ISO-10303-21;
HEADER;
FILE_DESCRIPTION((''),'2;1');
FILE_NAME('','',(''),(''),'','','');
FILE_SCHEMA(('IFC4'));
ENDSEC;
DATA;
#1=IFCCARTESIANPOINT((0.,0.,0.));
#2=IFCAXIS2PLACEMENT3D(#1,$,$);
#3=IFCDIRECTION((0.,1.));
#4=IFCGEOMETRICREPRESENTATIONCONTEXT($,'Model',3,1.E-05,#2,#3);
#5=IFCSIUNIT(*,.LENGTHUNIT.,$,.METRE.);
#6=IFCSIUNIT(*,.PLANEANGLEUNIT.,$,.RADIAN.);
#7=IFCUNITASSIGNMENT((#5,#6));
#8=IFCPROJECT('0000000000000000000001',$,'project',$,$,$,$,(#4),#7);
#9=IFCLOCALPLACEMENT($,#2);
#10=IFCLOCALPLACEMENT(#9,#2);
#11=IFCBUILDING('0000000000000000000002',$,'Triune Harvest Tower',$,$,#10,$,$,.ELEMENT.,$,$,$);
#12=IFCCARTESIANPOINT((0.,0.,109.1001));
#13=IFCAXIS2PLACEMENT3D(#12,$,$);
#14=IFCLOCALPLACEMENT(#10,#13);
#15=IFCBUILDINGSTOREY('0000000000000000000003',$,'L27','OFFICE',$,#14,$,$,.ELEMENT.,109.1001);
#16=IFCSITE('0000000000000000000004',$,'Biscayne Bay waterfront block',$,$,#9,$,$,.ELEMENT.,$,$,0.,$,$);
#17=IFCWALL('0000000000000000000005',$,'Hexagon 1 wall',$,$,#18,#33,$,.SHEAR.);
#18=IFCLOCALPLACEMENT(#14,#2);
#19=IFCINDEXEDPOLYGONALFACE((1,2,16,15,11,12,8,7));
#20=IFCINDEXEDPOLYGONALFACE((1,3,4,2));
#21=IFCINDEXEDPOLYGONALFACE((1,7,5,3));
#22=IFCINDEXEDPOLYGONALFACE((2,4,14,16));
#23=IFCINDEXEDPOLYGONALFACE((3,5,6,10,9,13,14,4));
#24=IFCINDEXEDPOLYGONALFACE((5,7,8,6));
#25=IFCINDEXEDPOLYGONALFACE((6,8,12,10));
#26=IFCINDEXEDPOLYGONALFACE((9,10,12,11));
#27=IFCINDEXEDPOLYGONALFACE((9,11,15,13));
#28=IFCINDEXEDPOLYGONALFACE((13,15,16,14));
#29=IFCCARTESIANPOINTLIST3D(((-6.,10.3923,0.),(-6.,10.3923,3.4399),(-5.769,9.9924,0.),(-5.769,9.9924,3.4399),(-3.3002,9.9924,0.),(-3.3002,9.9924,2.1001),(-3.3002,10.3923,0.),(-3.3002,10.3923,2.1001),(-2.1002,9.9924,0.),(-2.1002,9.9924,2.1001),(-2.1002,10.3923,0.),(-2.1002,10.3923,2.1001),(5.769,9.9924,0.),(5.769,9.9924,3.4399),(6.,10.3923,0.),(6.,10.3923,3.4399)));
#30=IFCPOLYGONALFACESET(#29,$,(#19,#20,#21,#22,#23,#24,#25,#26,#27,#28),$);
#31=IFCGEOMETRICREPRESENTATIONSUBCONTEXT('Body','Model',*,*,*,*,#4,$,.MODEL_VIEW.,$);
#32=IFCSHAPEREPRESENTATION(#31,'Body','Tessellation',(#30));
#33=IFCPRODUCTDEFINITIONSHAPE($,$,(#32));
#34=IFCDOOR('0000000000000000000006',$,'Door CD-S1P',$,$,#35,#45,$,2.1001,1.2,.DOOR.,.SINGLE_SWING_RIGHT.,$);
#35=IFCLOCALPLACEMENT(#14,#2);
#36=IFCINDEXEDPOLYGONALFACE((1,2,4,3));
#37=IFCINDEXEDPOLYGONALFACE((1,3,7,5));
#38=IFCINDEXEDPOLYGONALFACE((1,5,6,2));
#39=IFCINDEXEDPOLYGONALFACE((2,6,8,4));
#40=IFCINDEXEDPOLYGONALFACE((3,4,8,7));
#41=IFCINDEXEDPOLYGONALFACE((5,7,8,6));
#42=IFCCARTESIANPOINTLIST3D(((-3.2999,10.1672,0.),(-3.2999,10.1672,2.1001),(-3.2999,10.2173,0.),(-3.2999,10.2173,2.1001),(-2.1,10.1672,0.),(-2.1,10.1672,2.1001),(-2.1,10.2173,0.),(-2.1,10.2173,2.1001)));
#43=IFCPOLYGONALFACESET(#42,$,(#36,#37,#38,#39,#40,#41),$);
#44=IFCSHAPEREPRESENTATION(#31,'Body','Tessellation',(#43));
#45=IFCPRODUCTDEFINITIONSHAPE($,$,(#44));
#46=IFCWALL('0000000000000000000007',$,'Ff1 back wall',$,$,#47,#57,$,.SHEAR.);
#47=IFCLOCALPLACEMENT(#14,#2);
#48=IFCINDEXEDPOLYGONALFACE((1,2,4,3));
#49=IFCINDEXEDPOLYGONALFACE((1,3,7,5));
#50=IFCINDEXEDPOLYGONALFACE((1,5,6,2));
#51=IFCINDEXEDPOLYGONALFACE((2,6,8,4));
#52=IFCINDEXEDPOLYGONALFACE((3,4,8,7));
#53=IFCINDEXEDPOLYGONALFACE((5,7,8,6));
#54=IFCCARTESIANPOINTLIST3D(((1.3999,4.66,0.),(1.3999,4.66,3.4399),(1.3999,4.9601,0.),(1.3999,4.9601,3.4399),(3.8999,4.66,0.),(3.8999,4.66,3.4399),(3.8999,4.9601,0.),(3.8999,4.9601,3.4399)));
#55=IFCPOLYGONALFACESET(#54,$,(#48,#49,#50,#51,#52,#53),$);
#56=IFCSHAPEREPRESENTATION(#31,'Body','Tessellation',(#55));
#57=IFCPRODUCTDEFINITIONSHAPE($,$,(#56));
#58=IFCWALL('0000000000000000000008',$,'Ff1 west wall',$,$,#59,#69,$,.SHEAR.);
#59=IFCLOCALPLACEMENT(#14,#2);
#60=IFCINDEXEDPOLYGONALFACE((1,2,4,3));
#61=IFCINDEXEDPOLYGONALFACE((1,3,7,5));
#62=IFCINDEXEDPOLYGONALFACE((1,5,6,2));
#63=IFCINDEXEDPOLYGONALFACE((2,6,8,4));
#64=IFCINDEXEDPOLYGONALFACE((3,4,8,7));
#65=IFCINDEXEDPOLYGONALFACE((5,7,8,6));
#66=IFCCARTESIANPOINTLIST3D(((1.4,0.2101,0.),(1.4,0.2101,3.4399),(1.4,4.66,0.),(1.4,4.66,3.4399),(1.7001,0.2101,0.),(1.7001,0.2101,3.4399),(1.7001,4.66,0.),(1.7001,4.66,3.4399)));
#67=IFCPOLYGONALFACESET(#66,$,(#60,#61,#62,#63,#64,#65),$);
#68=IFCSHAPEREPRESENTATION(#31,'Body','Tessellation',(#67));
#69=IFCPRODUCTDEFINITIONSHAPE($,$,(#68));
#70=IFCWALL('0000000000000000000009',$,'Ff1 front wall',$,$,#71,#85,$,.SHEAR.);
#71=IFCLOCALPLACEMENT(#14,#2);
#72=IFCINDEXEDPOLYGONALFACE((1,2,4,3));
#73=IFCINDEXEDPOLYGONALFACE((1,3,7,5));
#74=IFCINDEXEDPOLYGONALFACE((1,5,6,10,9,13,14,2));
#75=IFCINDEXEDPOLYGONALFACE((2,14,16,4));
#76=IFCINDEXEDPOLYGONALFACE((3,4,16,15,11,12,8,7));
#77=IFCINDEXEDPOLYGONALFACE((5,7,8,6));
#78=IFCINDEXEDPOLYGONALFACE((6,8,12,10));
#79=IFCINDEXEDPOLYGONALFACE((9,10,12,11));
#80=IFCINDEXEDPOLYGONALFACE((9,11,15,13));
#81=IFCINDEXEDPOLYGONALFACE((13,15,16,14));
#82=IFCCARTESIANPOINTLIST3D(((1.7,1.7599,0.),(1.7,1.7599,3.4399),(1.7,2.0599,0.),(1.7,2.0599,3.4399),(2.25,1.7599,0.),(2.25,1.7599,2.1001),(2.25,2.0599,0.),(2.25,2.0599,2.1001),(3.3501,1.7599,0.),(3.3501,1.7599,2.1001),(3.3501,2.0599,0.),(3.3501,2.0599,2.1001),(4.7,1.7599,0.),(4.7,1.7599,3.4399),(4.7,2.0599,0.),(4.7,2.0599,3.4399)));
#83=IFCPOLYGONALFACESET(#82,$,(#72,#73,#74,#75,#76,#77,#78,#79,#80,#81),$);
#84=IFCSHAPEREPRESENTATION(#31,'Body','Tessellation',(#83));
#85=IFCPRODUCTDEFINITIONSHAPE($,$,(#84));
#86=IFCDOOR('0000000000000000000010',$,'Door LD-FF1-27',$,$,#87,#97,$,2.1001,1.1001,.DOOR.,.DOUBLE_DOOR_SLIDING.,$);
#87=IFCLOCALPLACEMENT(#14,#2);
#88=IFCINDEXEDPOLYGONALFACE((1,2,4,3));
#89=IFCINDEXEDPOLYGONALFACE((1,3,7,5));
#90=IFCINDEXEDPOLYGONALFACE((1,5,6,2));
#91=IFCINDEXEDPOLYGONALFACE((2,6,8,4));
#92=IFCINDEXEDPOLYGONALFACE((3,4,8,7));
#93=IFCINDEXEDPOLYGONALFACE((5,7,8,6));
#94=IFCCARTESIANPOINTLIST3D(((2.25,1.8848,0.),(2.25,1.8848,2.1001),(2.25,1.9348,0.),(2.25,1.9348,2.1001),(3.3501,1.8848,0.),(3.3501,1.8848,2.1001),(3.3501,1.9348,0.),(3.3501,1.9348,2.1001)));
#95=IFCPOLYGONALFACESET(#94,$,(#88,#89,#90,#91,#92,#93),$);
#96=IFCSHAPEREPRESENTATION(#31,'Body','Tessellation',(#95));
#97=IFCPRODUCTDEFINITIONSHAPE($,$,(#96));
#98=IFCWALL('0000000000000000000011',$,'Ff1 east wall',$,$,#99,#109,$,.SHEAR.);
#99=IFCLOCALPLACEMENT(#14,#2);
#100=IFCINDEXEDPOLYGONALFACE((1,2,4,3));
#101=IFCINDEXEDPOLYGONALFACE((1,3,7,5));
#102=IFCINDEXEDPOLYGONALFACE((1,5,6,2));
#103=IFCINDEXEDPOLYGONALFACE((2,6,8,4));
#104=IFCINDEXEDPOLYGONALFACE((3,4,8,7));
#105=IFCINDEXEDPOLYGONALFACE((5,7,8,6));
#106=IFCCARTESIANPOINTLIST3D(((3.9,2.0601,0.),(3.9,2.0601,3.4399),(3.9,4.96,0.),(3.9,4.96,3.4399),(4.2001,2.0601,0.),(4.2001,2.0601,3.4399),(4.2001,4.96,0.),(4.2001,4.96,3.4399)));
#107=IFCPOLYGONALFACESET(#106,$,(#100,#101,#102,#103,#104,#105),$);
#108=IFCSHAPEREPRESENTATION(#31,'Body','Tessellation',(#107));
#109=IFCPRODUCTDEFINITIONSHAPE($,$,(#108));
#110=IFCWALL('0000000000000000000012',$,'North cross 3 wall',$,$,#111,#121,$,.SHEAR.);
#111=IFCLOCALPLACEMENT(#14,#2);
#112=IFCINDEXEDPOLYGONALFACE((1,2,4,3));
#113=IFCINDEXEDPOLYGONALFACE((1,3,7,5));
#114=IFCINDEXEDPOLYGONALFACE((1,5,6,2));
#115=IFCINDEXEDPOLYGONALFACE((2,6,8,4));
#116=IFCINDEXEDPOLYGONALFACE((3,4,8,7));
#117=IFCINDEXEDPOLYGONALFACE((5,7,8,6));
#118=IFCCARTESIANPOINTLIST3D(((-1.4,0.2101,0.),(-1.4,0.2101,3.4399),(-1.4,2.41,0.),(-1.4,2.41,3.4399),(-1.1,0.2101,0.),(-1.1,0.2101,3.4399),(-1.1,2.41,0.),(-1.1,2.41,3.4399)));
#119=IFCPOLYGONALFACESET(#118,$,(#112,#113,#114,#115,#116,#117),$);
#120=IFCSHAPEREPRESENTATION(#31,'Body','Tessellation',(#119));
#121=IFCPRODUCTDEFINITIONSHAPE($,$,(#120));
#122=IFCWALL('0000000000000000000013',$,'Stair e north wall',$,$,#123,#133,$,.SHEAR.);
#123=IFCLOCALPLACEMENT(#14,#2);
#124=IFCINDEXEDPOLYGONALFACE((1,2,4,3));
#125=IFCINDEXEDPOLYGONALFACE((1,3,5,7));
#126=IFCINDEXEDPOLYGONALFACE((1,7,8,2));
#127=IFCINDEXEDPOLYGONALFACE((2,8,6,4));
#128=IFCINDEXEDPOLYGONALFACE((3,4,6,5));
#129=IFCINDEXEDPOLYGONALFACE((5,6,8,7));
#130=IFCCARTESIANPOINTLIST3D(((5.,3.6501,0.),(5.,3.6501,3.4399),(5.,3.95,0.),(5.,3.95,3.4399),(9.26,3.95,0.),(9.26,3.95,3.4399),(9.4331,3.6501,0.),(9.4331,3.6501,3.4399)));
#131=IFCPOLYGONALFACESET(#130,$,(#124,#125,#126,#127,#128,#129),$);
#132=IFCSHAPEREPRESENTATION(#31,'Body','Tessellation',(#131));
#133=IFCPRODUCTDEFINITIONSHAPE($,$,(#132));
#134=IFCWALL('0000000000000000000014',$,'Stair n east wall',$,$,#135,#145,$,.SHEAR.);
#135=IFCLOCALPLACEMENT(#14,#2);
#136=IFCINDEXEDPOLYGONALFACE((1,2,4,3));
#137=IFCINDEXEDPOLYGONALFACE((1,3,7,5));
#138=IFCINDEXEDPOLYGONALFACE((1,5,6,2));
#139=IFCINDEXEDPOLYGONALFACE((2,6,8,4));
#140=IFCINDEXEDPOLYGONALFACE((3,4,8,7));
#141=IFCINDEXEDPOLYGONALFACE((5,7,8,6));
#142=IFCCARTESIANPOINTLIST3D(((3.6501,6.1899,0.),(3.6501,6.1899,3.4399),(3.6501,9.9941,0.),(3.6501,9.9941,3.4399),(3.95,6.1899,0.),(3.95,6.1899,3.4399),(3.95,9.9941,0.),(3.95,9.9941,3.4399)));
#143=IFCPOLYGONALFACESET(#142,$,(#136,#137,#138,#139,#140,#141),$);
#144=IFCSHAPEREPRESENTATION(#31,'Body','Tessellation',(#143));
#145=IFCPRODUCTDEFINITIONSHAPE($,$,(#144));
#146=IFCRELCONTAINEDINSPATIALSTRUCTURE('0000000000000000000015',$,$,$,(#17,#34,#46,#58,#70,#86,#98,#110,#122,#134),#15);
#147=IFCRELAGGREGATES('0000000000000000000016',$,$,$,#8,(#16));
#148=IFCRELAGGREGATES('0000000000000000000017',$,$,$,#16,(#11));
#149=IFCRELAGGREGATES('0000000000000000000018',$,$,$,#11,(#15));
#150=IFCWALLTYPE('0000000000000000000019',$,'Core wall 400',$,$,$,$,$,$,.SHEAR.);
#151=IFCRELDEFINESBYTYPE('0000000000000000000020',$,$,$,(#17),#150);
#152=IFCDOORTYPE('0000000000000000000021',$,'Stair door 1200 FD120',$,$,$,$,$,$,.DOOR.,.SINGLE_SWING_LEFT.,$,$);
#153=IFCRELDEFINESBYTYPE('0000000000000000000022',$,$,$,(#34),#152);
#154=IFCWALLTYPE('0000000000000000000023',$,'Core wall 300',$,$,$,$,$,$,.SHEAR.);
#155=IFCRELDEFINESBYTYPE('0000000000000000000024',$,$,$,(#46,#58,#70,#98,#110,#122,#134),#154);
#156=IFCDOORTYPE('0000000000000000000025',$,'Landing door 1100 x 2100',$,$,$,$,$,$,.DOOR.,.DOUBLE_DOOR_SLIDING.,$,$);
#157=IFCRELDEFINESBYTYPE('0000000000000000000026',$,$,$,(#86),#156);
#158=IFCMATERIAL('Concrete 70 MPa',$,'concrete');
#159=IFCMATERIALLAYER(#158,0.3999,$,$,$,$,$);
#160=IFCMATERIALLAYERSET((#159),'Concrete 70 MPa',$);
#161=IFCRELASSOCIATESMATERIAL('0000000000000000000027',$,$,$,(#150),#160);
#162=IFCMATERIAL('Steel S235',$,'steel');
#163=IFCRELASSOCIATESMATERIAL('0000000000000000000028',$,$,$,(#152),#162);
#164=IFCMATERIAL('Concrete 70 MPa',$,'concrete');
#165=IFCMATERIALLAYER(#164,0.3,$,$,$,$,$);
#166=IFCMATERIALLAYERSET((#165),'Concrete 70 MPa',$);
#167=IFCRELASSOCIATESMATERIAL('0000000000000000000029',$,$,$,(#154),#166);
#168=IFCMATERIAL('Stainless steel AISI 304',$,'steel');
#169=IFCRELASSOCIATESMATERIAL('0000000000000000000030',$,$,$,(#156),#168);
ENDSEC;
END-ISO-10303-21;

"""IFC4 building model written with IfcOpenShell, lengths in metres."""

from ifc_helpers import new_model, si_unit, direction, frame, frame_2d, origin, place, context, subcontext, project, spatial, polyline, rectangle, outline, extrude, source, transform, mapped, material, layer, layer_set, type_object, element, fill, save


model = new_model("IFC4")

# Units and contexts
model_context = context("Model", 3, precision=1e-05, world=origin(), true_north=direction((0.0, 1.0)))
body_context = subcontext(model_context, "Body", "Model", "MODEL_VIEW")
ifc_project = project(units=[si_unit("LENGTHUNIT", "METRE"), si_unit("PLANEANGLEUNIT", "RADIAN")], contexts=[model_context])

# Site, building, storey
site_placement = place(None, origin())
site = spatial("IfcSite", under=ifc_project, at=site_placement, Name="Biscayne Bay waterfront block", CompositionType="ELEMENT", RefElevation=0.0)
building_placement = place(site_placement, origin())
building = spatial("IfcBuilding", under=site, at=building_placement, Name="Triune Harvest Tower", CompositionType="ELEMENT")
storey_placement = place(building_placement, frame((0.0, 0.0, 109.1001)))
storey = spatial("IfcBuildingStorey", under=building, at=storey_placement, Name="L27", Description="OFFICE", CompositionType="ELEMENT", Elevation=109.1001)

# Wall, opening, door
ifc_material_1 = material(Name="Concrete 70 MPa", Category="concrete")
ifc_layer_1 = layer(ifc_material_1, 0.3999)
ifc_layer_set_1 = layer_set([ifc_layer_1], Name="Concrete 70 MPa")
wall_type_1 = type_object("IfcWallType", Name="Core wall 400", PredefinedType="SHEAR", material=ifc_layer_set_1)
shared_shape_1 = source(origin(), body_context, "Body", "SweptSolid", [
    extrude(outline(polyline([(-0.1155, -0.2), (11.8845, -0.2), (11.6536, 0.2), (0.1155, 0.2), (-0.1155, -0.2)])), origin(), (0.0, 0.0, 1.0), 3.4399),
])
wall_1_placement = place(storey_placement, frame((5.8845, 10.1924, 0.0), z_axis=(0.0, 0.0, 1.0), x_axis=(-1.0, 0.0, 0.0)))
wall_1 = element("IfcWall", 1, at=wall_1_placement, inside=storey, type_object=wall_type_1, Name="Hexagon 1 wall", PredefinedType="SHEAR", context=body_context, shape_type="MappedRepresentation", body=[
    mapped(shared_shape_1, transform((0.0, 0.0, 0.0), scale=1.0)),
])
opening_1_placement = place(wall_1_placement, frame((7.9846, 0.0, 0.0)))
opening_1 = element("IfcOpeningElement", 2, at=opening_1_placement, cuts=wall_1, PredefinedType="OPENING", context=body_context, shape_type="SweptSolid", body=[
    extrude(rectangle(XDim=1.2, YDim=2.1001, at=frame_2d((0.6001, 1.05))), frame((0.0, 0.21, 0.0), z_axis=(0.0, -1.0, 0.0), x_axis=(1.0, 0.0, 0.0)), (0.0, 0.0, 1.0), 0.4199),
])
ifc_material_2 = material(Name="Steel S235", Category="steel")
door_type_1 = type_object("IfcDoorType", Name="Stair door 1200 FD120", OperationType="SINGLE_SWING_LEFT", PredefinedType="DOOR", material=ifc_material_2)
door_1_placement = place(opening_1_placement, frame((1.2, 0.0, 0.0), z_axis=(0.0, 0.0, 1.0), x_axis=(-1.0, 0.0, 0.0)))
door_1 = element("IfcDoor", 3, at=door_1_placement, inside=storey, type_object=door_type_1, Name="Door CD-S1P", OperationType="SINGLE_SWING_RIGHT", OverallHeight=2.1001, OverallWidth=1.2, PredefinedType="DOOR", context=body_context, shape_type="SweptSolid", body=[
    extrude(rectangle(XDim=1.2, YDim=2.1001, at=frame_2d((0.6001, 1.05))), frame((0.0, 0.0249, 0.0), z_axis=(0.0, -1.0, 0.0), x_axis=(1.0, 0.0, 0.0)), (0.0, 0.0, 1.0), 0.05),
])
fill(opening_1, door_1)

# Walls
ifc_material_3 = material(Name="Concrete 70 MPa", Category="concrete")
ifc_layer_2 = layer(ifc_material_3, 0.3)
ifc_layer_set_2 = layer_set([ifc_layer_2], Name="Concrete 70 MPa")
wall_type_2 = type_object("IfcWallType", Name="Core wall 300", PredefinedType="SHEAR", material=ifc_layer_set_2)
shared_shape_2 = source(origin(), body_context, "Body", "SweptSolid", [
    extrude(rectangle(XDim=2.5, YDim=0.3, at=frame_2d((1.25, 0.0))), origin(), (0.0, 0.0, 1.0), 3.4399),
])
wall_2_placement = place(storey_placement, frame((1.3999, 4.8101, 0.0), z_axis=(0.0, 0.0, 1.0), x_axis=(1.0, 0.0, 0.0)))
element("IfcWall", 4, at=wall_2_placement, inside=storey, type_object=wall_type_2, Name="Ff1 back wall", PredefinedType="SHEAR", context=body_context, shape_type="MappedRepresentation", body=[
    mapped(shared_shape_2, transform((0.0, 0.0, 0.0), scale=1.0)),
])
shared_shape_3 = source(origin(), body_context, "Body", "SweptSolid", [
    extrude(rectangle(XDim=4.45, YDim=0.3, at=frame_2d((2.2251, 0.0))), origin(), (0.0, 0.0, 1.0), 3.4399),
])
wall_3_placement = place(storey_placement, frame((1.55, 0.21, 0.0), z_axis=(0.0, 0.0, 1.0), x_axis=(0.0, 1.0, 0.0)))
element("IfcWall", 5, at=wall_3_placement, inside=storey, type_object=wall_type_2, Name="Ff1 west wall", PredefinedType="SHEAR", context=body_context, shape_type="MappedRepresentation", body=[
    mapped(shared_shape_3, transform((0.0, 0.0, 0.0), scale=1.0)),
])

# Wall, opening, door
shared_shape_4 = source(origin(), body_context, "Body", "SweptSolid", [
    extrude(rectangle(XDim=3.0, YDim=0.3, at=frame_2d((1.5, 0.0))), origin(), (0.0, 0.0, 1.0), 3.4399),
])
wall_4_placement = place(storey_placement, frame((1.7, 1.9099, 0.0), z_axis=(0.0, 0.0, 1.0), x_axis=(1.0, 0.0, 0.0)))
wall_4 = element("IfcWall", 6, at=wall_4_placement, inside=storey, type_object=wall_type_2, Name="Ff1 front wall", PredefinedType="SHEAR", context=body_context, shape_type="MappedRepresentation", body=[
    mapped(shared_shape_4, transform((0.0, 0.0, 0.0), scale=1.0)),
])
opening_2_placement = place(wall_4_placement, frame((0.55, 0.0, 0.0)))
opening_2 = element("IfcOpeningElement", 7, at=opening_2_placement, cuts=wall_4, PredefinedType="OPENING", context=body_context, shape_type="SweptSolid", body=[
    extrude(rectangle(XDim=1.1001, YDim=2.1001, at=frame_2d((0.55, 1.05))), frame((0.0, 0.1602, 0.0), z_axis=(0.0, -1.0, 0.0), x_axis=(1.0, 0.0, 0.0)), (0.0, 0.0, 1.0), 0.3201),
])
ifc_material_4 = material(Name="Stainless steel AISI 304", Category="steel")
door_type_2 = type_object("IfcDoorType", Name="Landing door 1100 x 2100", OperationType="DOUBLE_DOOR_SLIDING", PredefinedType="DOOR", material=ifc_material_4)
door_2_placement = place(opening_2_placement, origin())
door_2 = element("IfcDoor", 8, at=door_2_placement, inside=storey, type_object=door_type_2, Name="Door LD-FF1-27", OperationType="DOUBLE_DOOR_SLIDING", OverallHeight=2.1001, OverallWidth=1.1001, PredefinedType="DOOR", context=body_context, shape_type="SweptSolid", body=[
    extrude(rectangle(XDim=1.1001, YDim=2.1001, at=frame_2d((0.55, 1.05))), frame((0.0, 0.0249, 0.0), z_axis=(0.0, -1.0, 0.0), x_axis=(1.0, 0.0, 0.0)), (0.0, 0.0, 1.0), 0.05),
])
fill(opening_2, door_2)

# Walls
shared_shape_5 = source(origin(), body_context, "Body", "SweptSolid", [
    extrude(rectangle(XDim=2.8999, YDim=0.3, at=frame_2d((1.45, 0.0))), origin(), (0.0, 0.0, 1.0), 3.4399),
])
wall_5_placement = place(storey_placement, frame((4.05, 2.0601, 0.0), z_axis=(0.0, 0.0, 1.0), x_axis=(0.0, 1.0, 0.0)))
element("IfcWall", 9, at=wall_5_placement, inside=storey, type_object=wall_type_2, Name="Ff1 east wall", PredefinedType="SHEAR", context=body_context, shape_type="MappedRepresentation", body=[
    mapped(shared_shape_5, transform((0.0, 0.0, 0.0), scale=1.0)),
])
shared_shape_6 = source(origin(), body_context, "Body", "SweptSolid", [
    extrude(rectangle(XDim=2.2, YDim=0.3, at=frame_2d((1.1001, 0.0))), origin(), (0.0, 0.0, 1.0), 3.4399),
])
wall_6_placement = place(storey_placement, frame((-1.25, 0.21, 0.0), z_axis=(0.0, 0.0, 1.0), x_axis=(0.0, 1.0, 0.0)))
element("IfcWall", 10, at=wall_6_placement, inside=storey, type_object=wall_type_2, Name="North cross 3 wall", PredefinedType="SHEAR", context=body_context, shape_type="MappedRepresentation", body=[
    mapped(shared_shape_6, transform((0.0, 0.0, 0.0), scale=1.0)),
])
shared_shape_7 = source(origin(), body_context, "Body", "SweptSolid", [
    extrude(outline(polyline([(0.0, -0.1499), (0.0, 0.1499), (4.26, 0.1499), (4.4331, -0.1499), (0.0, -0.1499)])), origin(), (0.0, 0.0, 1.0), 3.4399),
])
wall_7_placement = place(storey_placement, frame((5.0, 3.8, 0.0), z_axis=(0.0, 0.0, 1.0), x_axis=(1.0, 0.0, 0.0)))
element("IfcWall", 11, at=wall_7_placement, inside=storey, type_object=wall_type_2, Name="Stair e north wall", PredefinedType="SHEAR", context=body_context, shape_type="MappedRepresentation", body=[
    mapped(shared_shape_7, transform((0.0, 0.0, 0.0), scale=1.0)),
])
shared_shape_8 = source(origin(), body_context, "Body", "SweptSolid", [
    extrude(outline(polyline([(0.0, -0.1499), (0.0, 0.1499), (3.8042, 0.1499), (3.8042, -0.1499), (0.0, -0.1499)])), origin(), (0.0, 0.0, 1.0), 3.4399),
])
wall_8_placement = place(storey_placement, frame((3.8, 6.1899, 0.0), z_axis=(0.0, 0.0, 1.0), x_axis=(0.0, 1.0, 0.0)))
element("IfcWall", 12, at=wall_8_placement, inside=storey, type_object=wall_type_2, Name="Stair n east wall", PredefinedType="SHEAR", context=body_context, shape_type="MappedRepresentation", body=[
    mapped(shared_shape_8, transform((0.0, 0.0, 0.0), scale=1.0)),
])

save(model, "model.ifc")
